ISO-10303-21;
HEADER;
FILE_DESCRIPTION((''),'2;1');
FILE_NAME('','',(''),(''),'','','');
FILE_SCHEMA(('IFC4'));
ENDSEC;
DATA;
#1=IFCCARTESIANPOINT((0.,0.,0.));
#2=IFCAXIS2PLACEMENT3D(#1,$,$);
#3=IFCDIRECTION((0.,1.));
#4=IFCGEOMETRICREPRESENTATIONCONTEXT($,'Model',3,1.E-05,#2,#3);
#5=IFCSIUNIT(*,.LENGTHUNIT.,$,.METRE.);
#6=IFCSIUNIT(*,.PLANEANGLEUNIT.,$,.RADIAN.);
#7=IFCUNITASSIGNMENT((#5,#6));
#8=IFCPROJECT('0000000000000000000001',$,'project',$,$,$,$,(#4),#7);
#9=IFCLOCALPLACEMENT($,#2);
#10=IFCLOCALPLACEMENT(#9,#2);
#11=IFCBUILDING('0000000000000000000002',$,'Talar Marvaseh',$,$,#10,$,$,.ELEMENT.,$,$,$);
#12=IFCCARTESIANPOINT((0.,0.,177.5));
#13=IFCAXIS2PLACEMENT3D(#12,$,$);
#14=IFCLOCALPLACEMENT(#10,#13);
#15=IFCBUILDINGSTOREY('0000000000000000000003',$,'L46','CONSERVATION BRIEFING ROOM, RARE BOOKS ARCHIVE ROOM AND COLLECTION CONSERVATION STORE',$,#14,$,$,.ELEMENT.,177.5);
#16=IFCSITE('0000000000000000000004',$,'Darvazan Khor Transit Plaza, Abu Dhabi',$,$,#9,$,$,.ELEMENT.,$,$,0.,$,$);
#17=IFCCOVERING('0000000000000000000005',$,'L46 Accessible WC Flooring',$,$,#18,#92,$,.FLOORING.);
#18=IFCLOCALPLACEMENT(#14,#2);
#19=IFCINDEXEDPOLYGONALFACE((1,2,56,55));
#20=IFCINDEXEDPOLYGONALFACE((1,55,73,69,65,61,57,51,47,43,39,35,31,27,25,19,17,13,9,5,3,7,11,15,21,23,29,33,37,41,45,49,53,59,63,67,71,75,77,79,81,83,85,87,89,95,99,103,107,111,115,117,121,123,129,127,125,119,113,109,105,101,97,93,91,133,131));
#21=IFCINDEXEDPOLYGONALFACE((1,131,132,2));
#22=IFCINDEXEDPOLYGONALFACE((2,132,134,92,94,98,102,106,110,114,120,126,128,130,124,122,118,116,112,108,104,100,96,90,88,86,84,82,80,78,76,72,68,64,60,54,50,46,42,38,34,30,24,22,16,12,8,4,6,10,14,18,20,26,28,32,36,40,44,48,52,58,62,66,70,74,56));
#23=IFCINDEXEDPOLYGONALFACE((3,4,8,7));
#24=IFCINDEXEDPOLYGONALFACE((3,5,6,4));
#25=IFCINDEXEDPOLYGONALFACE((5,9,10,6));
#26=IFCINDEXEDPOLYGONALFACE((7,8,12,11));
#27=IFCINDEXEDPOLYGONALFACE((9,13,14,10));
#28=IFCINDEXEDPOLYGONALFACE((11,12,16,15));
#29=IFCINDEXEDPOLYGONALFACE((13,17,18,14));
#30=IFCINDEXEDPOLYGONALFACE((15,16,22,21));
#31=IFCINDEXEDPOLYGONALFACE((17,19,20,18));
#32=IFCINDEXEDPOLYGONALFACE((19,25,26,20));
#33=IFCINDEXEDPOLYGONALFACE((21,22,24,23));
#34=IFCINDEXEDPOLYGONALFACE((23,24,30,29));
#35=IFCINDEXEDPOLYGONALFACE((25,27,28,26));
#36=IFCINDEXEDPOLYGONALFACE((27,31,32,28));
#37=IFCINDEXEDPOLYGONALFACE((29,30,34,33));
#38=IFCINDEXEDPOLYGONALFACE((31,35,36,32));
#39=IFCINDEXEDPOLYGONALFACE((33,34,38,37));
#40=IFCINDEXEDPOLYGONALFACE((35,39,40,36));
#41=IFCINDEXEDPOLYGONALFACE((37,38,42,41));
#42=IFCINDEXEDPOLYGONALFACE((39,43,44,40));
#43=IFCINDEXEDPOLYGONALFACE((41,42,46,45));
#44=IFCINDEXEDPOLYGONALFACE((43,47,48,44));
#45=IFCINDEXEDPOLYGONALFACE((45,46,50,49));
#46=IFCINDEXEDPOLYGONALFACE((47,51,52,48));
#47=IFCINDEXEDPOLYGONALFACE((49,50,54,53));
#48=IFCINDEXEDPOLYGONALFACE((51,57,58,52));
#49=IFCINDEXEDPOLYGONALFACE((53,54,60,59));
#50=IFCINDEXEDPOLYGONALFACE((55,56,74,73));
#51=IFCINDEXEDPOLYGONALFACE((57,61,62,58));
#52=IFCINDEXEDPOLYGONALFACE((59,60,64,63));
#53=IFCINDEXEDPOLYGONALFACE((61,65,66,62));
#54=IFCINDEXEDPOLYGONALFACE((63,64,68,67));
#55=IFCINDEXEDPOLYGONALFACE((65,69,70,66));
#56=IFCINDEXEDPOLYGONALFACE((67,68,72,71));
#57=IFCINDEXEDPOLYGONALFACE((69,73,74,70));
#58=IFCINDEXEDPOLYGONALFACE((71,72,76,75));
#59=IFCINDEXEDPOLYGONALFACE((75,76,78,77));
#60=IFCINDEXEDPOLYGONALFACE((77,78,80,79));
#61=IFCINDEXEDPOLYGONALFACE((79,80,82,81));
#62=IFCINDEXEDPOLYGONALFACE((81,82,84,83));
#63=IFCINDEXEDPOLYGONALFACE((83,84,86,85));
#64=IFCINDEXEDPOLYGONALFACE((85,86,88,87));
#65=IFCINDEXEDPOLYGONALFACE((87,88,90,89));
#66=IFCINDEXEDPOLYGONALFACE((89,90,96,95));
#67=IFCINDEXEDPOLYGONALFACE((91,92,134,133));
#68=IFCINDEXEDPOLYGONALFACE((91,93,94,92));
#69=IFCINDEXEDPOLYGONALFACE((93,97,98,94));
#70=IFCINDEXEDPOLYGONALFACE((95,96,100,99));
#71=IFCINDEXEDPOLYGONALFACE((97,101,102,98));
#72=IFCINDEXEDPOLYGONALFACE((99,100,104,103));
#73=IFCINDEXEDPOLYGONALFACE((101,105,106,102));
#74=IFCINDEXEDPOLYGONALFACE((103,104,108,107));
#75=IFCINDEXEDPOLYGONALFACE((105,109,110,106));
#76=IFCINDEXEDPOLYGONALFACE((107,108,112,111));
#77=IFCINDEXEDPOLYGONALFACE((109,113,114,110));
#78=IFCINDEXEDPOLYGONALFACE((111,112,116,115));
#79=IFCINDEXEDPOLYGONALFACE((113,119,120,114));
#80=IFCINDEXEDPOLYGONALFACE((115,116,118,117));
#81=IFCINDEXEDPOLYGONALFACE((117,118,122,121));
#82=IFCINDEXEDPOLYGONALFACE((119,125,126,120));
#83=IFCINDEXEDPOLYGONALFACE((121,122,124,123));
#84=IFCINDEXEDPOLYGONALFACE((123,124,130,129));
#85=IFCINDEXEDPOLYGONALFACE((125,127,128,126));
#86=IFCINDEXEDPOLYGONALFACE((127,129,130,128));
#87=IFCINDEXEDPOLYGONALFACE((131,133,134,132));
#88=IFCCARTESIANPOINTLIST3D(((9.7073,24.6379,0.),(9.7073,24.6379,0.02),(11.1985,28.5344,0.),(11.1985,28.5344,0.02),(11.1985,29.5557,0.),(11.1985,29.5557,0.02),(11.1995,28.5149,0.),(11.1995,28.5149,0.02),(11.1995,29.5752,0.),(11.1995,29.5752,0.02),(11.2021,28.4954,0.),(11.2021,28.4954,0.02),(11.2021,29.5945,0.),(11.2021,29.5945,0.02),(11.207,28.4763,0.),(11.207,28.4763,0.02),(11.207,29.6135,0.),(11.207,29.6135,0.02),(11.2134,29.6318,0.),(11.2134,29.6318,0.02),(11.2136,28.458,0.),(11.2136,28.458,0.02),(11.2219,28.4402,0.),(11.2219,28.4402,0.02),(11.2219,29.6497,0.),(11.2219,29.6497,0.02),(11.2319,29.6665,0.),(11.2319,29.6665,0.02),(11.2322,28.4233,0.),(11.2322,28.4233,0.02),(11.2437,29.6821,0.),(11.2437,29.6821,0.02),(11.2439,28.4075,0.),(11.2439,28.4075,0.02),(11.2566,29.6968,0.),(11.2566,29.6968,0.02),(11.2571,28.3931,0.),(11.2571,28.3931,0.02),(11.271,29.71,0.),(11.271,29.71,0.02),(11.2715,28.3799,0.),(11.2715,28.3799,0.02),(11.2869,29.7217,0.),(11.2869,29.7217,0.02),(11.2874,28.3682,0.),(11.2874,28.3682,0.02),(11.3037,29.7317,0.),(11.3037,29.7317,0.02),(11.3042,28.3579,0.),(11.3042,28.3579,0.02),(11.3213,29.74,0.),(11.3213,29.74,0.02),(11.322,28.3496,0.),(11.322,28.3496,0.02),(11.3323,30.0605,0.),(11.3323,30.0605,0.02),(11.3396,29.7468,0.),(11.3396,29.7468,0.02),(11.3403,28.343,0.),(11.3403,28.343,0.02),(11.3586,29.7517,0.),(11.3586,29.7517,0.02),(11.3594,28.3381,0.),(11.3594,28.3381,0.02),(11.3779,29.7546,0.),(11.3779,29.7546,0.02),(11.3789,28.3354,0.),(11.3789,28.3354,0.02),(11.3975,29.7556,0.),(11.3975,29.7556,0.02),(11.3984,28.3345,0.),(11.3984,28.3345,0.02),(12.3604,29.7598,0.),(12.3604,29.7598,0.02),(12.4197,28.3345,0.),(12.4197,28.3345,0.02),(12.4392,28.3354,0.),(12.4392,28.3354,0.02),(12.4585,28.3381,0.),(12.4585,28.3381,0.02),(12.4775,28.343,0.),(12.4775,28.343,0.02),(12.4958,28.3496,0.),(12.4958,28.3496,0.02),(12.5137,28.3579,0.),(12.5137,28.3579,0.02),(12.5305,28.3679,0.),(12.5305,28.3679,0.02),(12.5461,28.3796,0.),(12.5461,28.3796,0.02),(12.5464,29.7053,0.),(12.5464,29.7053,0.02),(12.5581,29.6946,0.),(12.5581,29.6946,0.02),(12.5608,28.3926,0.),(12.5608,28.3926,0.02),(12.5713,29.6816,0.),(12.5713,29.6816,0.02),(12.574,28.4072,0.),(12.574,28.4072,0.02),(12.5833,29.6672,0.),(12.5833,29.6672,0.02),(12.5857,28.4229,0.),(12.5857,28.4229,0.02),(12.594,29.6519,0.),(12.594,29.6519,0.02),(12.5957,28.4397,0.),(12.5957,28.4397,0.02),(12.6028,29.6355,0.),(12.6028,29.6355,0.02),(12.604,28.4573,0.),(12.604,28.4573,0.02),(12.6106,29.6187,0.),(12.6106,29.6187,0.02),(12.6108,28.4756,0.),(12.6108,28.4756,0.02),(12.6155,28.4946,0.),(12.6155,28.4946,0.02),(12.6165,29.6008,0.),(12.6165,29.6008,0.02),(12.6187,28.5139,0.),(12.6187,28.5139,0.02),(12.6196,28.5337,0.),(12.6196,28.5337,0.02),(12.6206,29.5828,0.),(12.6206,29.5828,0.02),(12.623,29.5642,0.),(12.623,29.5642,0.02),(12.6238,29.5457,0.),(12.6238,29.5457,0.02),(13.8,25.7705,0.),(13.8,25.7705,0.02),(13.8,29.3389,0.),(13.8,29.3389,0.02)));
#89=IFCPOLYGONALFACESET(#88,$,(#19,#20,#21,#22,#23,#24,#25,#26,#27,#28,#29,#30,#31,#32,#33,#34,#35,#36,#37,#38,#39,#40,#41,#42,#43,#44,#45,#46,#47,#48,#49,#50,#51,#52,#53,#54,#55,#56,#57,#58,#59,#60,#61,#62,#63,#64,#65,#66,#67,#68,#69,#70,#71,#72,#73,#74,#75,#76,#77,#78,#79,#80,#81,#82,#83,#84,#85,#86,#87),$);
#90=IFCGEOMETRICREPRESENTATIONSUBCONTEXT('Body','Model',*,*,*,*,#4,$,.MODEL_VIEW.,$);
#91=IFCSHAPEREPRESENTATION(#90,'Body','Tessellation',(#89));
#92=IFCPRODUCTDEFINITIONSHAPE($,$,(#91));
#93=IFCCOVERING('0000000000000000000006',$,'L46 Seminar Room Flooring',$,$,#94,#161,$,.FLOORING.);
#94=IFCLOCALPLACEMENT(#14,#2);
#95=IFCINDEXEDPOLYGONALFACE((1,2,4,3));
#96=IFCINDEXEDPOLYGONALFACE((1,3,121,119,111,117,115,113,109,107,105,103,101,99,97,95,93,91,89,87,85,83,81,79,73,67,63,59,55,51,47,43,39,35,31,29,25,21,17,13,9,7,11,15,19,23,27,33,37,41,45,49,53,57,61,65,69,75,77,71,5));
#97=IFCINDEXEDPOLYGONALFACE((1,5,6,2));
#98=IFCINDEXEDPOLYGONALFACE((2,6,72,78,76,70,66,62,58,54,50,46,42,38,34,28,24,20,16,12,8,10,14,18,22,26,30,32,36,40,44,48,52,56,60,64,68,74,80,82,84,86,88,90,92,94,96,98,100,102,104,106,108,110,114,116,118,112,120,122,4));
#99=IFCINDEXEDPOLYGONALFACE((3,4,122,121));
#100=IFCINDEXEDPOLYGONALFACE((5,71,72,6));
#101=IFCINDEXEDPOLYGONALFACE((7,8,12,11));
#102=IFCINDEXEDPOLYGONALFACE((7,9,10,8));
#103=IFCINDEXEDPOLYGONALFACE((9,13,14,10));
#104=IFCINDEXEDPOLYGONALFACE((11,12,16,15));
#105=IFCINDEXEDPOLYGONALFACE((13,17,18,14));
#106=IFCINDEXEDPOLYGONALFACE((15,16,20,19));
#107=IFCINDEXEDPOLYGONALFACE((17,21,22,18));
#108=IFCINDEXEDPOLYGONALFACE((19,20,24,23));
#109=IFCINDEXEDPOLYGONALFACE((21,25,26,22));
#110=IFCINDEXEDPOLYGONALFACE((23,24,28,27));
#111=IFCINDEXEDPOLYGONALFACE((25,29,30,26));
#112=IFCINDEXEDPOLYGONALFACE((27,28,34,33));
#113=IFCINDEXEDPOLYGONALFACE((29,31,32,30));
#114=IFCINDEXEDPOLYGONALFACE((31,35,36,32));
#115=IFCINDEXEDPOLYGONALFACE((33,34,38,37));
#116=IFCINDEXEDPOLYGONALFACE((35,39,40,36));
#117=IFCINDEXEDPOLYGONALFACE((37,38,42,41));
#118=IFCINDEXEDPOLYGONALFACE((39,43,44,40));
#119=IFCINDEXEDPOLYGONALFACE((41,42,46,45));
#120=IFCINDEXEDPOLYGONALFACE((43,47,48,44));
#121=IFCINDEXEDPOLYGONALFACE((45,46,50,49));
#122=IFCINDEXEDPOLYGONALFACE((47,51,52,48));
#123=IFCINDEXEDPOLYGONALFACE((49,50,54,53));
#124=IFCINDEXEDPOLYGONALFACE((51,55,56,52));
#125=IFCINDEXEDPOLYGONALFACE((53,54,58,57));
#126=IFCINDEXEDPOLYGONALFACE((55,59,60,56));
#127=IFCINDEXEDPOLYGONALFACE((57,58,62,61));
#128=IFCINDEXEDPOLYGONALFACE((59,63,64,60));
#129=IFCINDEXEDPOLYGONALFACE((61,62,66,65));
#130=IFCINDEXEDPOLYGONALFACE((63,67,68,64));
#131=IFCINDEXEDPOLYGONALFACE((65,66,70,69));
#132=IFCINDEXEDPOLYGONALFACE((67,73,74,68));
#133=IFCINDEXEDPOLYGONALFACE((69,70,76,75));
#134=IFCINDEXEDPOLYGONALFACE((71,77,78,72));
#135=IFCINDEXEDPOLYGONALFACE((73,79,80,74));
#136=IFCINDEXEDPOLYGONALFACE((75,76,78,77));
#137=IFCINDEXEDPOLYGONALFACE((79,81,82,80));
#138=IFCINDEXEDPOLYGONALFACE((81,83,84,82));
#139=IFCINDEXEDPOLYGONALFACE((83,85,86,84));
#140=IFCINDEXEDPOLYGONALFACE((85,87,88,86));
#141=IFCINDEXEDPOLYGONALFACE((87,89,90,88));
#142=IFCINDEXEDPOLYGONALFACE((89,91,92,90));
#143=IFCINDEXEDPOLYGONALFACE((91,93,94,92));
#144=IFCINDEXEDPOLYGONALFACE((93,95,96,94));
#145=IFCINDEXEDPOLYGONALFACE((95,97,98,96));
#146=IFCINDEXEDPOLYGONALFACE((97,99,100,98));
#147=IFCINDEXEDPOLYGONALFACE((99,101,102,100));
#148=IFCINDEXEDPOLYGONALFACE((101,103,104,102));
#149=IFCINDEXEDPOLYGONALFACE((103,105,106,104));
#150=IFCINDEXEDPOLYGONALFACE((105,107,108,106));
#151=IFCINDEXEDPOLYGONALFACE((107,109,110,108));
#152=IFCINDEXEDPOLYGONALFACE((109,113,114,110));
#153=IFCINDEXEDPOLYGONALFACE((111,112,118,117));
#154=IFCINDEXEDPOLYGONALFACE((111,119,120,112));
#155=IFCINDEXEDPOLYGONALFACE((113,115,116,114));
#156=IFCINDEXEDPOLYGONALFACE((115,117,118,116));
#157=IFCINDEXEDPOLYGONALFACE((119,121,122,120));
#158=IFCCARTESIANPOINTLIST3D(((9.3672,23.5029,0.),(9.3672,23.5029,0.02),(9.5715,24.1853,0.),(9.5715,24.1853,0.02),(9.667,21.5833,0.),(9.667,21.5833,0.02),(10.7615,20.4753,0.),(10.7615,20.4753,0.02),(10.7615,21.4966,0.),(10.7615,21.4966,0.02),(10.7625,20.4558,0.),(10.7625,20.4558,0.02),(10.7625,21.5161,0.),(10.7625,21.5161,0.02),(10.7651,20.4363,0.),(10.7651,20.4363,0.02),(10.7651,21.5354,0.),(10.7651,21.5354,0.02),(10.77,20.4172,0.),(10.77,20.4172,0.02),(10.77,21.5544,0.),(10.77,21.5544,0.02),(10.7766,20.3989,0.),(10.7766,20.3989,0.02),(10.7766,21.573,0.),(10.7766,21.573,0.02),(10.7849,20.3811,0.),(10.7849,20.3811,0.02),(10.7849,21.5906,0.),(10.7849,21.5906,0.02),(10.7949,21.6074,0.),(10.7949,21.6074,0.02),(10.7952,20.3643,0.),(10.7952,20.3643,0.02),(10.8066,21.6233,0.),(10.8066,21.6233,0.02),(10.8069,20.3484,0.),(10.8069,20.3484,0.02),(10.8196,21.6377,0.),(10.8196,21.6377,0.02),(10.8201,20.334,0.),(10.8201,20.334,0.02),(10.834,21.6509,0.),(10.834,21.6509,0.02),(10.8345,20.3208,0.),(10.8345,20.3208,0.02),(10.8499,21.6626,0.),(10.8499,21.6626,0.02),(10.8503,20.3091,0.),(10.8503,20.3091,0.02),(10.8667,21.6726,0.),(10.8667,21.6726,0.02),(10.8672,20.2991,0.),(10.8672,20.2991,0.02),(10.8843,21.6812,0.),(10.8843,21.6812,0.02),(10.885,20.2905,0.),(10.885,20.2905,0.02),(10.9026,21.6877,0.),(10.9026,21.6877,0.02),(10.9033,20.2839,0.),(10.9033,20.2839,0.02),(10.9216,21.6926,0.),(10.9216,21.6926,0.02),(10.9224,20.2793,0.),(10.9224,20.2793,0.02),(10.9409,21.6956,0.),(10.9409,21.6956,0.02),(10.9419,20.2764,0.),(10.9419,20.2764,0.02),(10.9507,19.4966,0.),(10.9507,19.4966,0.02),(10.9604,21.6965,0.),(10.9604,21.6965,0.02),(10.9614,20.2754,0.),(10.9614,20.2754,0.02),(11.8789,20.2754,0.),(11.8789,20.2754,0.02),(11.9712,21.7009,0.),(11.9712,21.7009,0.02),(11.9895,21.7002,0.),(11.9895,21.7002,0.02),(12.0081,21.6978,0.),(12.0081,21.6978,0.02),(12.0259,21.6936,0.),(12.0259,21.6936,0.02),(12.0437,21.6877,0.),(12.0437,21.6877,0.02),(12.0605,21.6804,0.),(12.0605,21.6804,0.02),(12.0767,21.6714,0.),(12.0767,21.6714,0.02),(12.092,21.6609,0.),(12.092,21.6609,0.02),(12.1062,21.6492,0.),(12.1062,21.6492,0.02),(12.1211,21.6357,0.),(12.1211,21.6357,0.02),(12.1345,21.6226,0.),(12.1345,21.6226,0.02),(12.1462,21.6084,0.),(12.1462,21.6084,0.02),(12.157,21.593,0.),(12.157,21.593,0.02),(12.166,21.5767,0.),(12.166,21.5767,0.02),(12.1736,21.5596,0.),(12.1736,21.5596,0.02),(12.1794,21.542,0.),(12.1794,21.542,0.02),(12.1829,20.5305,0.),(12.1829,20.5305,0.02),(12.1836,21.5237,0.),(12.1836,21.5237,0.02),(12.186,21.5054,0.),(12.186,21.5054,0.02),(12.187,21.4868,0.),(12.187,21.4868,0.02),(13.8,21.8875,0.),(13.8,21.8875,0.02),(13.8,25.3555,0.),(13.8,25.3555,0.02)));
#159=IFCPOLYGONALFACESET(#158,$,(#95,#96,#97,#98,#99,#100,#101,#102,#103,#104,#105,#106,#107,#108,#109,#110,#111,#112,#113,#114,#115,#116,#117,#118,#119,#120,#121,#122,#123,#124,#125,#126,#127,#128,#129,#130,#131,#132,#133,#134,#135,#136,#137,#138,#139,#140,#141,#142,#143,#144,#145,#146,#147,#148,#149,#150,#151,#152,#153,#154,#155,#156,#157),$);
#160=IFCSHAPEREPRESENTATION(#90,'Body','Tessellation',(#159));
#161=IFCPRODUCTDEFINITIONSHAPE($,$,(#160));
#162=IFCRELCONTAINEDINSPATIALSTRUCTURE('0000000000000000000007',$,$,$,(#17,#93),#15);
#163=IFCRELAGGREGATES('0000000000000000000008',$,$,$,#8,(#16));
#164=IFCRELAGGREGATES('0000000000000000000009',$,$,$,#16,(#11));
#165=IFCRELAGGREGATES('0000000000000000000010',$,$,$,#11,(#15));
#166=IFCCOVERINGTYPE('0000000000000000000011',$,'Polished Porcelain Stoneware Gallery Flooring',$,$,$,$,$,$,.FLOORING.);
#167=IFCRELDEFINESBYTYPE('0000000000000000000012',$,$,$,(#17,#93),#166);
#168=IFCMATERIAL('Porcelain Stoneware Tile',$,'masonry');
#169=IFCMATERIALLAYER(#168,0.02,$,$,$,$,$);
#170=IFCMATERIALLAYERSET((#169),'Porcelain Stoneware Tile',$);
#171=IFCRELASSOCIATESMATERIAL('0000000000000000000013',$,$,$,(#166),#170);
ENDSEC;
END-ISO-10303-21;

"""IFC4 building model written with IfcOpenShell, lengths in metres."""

from ifc_helpers import new_model, si_unit, direction, frame, origin, place, context, subcontext, project, spatial, polyline, outline, extrude, material, layer, layer_set, type_object, element, save


model = new_model("IFC4")

# Units and contexts
model_context = context("Model", 3, precision=1e-05, world=origin(), true_north=direction((0.0, 1.0)))
body_context = subcontext(model_context, "Body", "Model", "MODEL_VIEW")
ifc_project = project(units=[si_unit("LENGTHUNIT", "METRE"), si_unit("PLANEANGLEUNIT", "RADIAN")], contexts=[model_context])

# Site, building, storey
site_placement = place(None, origin())
site = spatial("IfcSite", under=ifc_project, at=site_placement, Name="Darvazan Khor Transit Plaza, Abu Dhabi", CompositionType="ELEMENT", RefElevation=0.0)
building_placement = place(site_placement, origin())
building = spatial("IfcBuilding", under=site, at=building_placement, Name="Talar Marvaseh", CompositionType="ELEMENT")
storey_placement = place(building_placement, frame((0.0, 0.0, 177.5)))
storey = spatial("IfcBuildingStorey", under=building, at=storey_placement, Name="L46", Description="CONSERVATION BRIEFING ROOM, RARE BOOKS ARCHIVE ROOM AND COLLECTION CONSERVATION STORE", CompositionType="ELEMENT", Elevation=177.5)

# Coverings
ifc_material_1 = material(Name="Porcelain Stoneware Tile", Category="masonry")
ifc_layer_1 = layer(ifc_material_1, 0.02)
ifc_layer_set_1 = layer_set([ifc_layer_1], Name="Porcelain Stoneware Tile")
covering_type_1 = type_object("IfcCoveringType", Name="Polished Porcelain Stoneware Gallery Flooring", PredefinedType="FLOORING", material=ifc_layer_set_1)
covering_1_placement = place(storey_placement, origin())
element("IfcCovering", 1, at=covering_1_placement, inside=storey, type_object=covering_type_1, Name="L46 Accessible WC Flooring", PredefinedType="FLOORING", context=body_context, shape_type="SweptSolid", body=[
    extrude(outline(polyline([(11.3779, 29.7546), (11.3586, 29.7517), (11.3396, 29.7468), (11.3213, 29.74), (11.3037, 29.7317), (11.2869, 29.7217), (11.271, 29.71), (11.2566, 29.6968), (11.2437, 29.6821), (11.2319, 29.6665), (11.2219, 29.6497), (11.2134, 29.6318), (11.207, 29.6135), (11.2021, 29.5945), (11.1995, 29.5752), (11.1985, 29.5557), (11.1985, 28.5344), (11.1995, 28.5149), (11.2021, 28.4954), (11.207, 28.4763), (11.2136, 28.458), (11.2219, 28.4402), (11.2322, 28.4233), (11.2439, 28.4075), (11.2571, 28.3931), (11.2715, 28.3799), (11.2874, 28.3682), (11.3042, 28.3579), (11.322, 28.3496), (11.3403, 28.343), (11.3594, 28.3381), (11.3789, 28.3354), (11.3984, 28.3345), (12.4197, 28.3345), (12.4392, 28.3354), (12.4585, 28.3381), (12.4775, 28.343), (12.4958, 28.3496), (12.5137, 28.3579), (12.5305, 28.3679), (12.5461, 28.3796), (12.5608, 28.3926), (12.574, 28.4072), (12.5857, 28.4229), (12.5957, 28.4397), (12.604, 28.4573), (12.6108, 28.4756), (12.6155, 28.4946), (12.6187, 28.5139), (12.6196, 28.5337), (12.6238, 29.5457), (12.623, 29.5642), (12.6206, 29.5828), (12.6165, 29.6008), (12.6106, 29.6187), (12.6028, 29.6355), (12.594, 29.6519), (12.5833, 29.6672), (12.5713, 29.6816), (12.5581, 29.6946), (12.5464, 29.7053), (13.8, 29.3389), (13.8, 25.7705), (9.7073, 24.6379), (11.3323, 30.0605), (12.3604, 29.7598), (11.3975, 29.7556), (11.3779, 29.7546)])), origin(), (0.0, 0.0, 1.0), 0.02),
])
covering_2_placement = place(storey_placement, origin())
element("IfcCovering", 2, at=covering_2_placement, inside=storey, type_object=covering_type_1, Name="L46 Seminar Room Flooring", PredefinedType="FLOORING", context=body_context, shape_type="SweptSolid", body=[
    extrude(outline(polyline([(13.8, 25.3555), (13.8, 21.8875), (12.1829, 20.5305), (12.187, 21.4868), (12.186, 21.5054), (12.1836, 21.5237), (12.1794, 21.542), (12.1736, 21.5596), (12.166, 21.5767), (12.157, 21.593), (12.1462, 21.6084), (12.1345, 21.6226), (12.1211, 21.6357), (12.1062, 21.6492), (12.092, 21.6609), (12.0767, 21.6714), (12.0605, 21.6804), (12.0437, 21.6877), (12.0259, 21.6936), (12.0081, 21.6978), (11.9895, 21.7002), (11.9712, 21.7009), (10.9604, 21.6965), (10.9409, 21.6956), (10.9216, 21.6926), (10.9026, 21.6877), (10.8843, 21.6812), (10.8667, 21.6726), (10.8499, 21.6626), (10.834, 21.6509), (10.8196, 21.6377), (10.8066, 21.6233), (10.7949, 21.6074), (10.7849, 21.5906), (10.7766, 21.573), (10.77, 21.5544), (10.7651, 21.5354), (10.7625, 21.5161), (10.7615, 21.4966), (10.7615, 20.4753), (10.7625, 20.4558), (10.7651, 20.4363), (10.77, 20.4172), (10.7766, 20.3989), (10.7849, 20.3811), (10.7952, 20.3643), (10.8069, 20.3484), (10.8201, 20.334), (10.8345, 20.3208), (10.8503, 20.3091), (10.8672, 20.2991), (10.885, 20.2905), (10.9033, 20.2839), (10.9224, 20.2793), (10.9419, 20.2764), (10.9614, 20.2754), (11.8789, 20.2754), (10.9507, 19.4966), (9.667, 21.5833), (9.3672, 23.5029), (9.5715, 24.1853), (13.8, 25.3555)])), origin(), (0.0, 0.0, 1.0), 0.02),
])

save(model, "model.ifc")
